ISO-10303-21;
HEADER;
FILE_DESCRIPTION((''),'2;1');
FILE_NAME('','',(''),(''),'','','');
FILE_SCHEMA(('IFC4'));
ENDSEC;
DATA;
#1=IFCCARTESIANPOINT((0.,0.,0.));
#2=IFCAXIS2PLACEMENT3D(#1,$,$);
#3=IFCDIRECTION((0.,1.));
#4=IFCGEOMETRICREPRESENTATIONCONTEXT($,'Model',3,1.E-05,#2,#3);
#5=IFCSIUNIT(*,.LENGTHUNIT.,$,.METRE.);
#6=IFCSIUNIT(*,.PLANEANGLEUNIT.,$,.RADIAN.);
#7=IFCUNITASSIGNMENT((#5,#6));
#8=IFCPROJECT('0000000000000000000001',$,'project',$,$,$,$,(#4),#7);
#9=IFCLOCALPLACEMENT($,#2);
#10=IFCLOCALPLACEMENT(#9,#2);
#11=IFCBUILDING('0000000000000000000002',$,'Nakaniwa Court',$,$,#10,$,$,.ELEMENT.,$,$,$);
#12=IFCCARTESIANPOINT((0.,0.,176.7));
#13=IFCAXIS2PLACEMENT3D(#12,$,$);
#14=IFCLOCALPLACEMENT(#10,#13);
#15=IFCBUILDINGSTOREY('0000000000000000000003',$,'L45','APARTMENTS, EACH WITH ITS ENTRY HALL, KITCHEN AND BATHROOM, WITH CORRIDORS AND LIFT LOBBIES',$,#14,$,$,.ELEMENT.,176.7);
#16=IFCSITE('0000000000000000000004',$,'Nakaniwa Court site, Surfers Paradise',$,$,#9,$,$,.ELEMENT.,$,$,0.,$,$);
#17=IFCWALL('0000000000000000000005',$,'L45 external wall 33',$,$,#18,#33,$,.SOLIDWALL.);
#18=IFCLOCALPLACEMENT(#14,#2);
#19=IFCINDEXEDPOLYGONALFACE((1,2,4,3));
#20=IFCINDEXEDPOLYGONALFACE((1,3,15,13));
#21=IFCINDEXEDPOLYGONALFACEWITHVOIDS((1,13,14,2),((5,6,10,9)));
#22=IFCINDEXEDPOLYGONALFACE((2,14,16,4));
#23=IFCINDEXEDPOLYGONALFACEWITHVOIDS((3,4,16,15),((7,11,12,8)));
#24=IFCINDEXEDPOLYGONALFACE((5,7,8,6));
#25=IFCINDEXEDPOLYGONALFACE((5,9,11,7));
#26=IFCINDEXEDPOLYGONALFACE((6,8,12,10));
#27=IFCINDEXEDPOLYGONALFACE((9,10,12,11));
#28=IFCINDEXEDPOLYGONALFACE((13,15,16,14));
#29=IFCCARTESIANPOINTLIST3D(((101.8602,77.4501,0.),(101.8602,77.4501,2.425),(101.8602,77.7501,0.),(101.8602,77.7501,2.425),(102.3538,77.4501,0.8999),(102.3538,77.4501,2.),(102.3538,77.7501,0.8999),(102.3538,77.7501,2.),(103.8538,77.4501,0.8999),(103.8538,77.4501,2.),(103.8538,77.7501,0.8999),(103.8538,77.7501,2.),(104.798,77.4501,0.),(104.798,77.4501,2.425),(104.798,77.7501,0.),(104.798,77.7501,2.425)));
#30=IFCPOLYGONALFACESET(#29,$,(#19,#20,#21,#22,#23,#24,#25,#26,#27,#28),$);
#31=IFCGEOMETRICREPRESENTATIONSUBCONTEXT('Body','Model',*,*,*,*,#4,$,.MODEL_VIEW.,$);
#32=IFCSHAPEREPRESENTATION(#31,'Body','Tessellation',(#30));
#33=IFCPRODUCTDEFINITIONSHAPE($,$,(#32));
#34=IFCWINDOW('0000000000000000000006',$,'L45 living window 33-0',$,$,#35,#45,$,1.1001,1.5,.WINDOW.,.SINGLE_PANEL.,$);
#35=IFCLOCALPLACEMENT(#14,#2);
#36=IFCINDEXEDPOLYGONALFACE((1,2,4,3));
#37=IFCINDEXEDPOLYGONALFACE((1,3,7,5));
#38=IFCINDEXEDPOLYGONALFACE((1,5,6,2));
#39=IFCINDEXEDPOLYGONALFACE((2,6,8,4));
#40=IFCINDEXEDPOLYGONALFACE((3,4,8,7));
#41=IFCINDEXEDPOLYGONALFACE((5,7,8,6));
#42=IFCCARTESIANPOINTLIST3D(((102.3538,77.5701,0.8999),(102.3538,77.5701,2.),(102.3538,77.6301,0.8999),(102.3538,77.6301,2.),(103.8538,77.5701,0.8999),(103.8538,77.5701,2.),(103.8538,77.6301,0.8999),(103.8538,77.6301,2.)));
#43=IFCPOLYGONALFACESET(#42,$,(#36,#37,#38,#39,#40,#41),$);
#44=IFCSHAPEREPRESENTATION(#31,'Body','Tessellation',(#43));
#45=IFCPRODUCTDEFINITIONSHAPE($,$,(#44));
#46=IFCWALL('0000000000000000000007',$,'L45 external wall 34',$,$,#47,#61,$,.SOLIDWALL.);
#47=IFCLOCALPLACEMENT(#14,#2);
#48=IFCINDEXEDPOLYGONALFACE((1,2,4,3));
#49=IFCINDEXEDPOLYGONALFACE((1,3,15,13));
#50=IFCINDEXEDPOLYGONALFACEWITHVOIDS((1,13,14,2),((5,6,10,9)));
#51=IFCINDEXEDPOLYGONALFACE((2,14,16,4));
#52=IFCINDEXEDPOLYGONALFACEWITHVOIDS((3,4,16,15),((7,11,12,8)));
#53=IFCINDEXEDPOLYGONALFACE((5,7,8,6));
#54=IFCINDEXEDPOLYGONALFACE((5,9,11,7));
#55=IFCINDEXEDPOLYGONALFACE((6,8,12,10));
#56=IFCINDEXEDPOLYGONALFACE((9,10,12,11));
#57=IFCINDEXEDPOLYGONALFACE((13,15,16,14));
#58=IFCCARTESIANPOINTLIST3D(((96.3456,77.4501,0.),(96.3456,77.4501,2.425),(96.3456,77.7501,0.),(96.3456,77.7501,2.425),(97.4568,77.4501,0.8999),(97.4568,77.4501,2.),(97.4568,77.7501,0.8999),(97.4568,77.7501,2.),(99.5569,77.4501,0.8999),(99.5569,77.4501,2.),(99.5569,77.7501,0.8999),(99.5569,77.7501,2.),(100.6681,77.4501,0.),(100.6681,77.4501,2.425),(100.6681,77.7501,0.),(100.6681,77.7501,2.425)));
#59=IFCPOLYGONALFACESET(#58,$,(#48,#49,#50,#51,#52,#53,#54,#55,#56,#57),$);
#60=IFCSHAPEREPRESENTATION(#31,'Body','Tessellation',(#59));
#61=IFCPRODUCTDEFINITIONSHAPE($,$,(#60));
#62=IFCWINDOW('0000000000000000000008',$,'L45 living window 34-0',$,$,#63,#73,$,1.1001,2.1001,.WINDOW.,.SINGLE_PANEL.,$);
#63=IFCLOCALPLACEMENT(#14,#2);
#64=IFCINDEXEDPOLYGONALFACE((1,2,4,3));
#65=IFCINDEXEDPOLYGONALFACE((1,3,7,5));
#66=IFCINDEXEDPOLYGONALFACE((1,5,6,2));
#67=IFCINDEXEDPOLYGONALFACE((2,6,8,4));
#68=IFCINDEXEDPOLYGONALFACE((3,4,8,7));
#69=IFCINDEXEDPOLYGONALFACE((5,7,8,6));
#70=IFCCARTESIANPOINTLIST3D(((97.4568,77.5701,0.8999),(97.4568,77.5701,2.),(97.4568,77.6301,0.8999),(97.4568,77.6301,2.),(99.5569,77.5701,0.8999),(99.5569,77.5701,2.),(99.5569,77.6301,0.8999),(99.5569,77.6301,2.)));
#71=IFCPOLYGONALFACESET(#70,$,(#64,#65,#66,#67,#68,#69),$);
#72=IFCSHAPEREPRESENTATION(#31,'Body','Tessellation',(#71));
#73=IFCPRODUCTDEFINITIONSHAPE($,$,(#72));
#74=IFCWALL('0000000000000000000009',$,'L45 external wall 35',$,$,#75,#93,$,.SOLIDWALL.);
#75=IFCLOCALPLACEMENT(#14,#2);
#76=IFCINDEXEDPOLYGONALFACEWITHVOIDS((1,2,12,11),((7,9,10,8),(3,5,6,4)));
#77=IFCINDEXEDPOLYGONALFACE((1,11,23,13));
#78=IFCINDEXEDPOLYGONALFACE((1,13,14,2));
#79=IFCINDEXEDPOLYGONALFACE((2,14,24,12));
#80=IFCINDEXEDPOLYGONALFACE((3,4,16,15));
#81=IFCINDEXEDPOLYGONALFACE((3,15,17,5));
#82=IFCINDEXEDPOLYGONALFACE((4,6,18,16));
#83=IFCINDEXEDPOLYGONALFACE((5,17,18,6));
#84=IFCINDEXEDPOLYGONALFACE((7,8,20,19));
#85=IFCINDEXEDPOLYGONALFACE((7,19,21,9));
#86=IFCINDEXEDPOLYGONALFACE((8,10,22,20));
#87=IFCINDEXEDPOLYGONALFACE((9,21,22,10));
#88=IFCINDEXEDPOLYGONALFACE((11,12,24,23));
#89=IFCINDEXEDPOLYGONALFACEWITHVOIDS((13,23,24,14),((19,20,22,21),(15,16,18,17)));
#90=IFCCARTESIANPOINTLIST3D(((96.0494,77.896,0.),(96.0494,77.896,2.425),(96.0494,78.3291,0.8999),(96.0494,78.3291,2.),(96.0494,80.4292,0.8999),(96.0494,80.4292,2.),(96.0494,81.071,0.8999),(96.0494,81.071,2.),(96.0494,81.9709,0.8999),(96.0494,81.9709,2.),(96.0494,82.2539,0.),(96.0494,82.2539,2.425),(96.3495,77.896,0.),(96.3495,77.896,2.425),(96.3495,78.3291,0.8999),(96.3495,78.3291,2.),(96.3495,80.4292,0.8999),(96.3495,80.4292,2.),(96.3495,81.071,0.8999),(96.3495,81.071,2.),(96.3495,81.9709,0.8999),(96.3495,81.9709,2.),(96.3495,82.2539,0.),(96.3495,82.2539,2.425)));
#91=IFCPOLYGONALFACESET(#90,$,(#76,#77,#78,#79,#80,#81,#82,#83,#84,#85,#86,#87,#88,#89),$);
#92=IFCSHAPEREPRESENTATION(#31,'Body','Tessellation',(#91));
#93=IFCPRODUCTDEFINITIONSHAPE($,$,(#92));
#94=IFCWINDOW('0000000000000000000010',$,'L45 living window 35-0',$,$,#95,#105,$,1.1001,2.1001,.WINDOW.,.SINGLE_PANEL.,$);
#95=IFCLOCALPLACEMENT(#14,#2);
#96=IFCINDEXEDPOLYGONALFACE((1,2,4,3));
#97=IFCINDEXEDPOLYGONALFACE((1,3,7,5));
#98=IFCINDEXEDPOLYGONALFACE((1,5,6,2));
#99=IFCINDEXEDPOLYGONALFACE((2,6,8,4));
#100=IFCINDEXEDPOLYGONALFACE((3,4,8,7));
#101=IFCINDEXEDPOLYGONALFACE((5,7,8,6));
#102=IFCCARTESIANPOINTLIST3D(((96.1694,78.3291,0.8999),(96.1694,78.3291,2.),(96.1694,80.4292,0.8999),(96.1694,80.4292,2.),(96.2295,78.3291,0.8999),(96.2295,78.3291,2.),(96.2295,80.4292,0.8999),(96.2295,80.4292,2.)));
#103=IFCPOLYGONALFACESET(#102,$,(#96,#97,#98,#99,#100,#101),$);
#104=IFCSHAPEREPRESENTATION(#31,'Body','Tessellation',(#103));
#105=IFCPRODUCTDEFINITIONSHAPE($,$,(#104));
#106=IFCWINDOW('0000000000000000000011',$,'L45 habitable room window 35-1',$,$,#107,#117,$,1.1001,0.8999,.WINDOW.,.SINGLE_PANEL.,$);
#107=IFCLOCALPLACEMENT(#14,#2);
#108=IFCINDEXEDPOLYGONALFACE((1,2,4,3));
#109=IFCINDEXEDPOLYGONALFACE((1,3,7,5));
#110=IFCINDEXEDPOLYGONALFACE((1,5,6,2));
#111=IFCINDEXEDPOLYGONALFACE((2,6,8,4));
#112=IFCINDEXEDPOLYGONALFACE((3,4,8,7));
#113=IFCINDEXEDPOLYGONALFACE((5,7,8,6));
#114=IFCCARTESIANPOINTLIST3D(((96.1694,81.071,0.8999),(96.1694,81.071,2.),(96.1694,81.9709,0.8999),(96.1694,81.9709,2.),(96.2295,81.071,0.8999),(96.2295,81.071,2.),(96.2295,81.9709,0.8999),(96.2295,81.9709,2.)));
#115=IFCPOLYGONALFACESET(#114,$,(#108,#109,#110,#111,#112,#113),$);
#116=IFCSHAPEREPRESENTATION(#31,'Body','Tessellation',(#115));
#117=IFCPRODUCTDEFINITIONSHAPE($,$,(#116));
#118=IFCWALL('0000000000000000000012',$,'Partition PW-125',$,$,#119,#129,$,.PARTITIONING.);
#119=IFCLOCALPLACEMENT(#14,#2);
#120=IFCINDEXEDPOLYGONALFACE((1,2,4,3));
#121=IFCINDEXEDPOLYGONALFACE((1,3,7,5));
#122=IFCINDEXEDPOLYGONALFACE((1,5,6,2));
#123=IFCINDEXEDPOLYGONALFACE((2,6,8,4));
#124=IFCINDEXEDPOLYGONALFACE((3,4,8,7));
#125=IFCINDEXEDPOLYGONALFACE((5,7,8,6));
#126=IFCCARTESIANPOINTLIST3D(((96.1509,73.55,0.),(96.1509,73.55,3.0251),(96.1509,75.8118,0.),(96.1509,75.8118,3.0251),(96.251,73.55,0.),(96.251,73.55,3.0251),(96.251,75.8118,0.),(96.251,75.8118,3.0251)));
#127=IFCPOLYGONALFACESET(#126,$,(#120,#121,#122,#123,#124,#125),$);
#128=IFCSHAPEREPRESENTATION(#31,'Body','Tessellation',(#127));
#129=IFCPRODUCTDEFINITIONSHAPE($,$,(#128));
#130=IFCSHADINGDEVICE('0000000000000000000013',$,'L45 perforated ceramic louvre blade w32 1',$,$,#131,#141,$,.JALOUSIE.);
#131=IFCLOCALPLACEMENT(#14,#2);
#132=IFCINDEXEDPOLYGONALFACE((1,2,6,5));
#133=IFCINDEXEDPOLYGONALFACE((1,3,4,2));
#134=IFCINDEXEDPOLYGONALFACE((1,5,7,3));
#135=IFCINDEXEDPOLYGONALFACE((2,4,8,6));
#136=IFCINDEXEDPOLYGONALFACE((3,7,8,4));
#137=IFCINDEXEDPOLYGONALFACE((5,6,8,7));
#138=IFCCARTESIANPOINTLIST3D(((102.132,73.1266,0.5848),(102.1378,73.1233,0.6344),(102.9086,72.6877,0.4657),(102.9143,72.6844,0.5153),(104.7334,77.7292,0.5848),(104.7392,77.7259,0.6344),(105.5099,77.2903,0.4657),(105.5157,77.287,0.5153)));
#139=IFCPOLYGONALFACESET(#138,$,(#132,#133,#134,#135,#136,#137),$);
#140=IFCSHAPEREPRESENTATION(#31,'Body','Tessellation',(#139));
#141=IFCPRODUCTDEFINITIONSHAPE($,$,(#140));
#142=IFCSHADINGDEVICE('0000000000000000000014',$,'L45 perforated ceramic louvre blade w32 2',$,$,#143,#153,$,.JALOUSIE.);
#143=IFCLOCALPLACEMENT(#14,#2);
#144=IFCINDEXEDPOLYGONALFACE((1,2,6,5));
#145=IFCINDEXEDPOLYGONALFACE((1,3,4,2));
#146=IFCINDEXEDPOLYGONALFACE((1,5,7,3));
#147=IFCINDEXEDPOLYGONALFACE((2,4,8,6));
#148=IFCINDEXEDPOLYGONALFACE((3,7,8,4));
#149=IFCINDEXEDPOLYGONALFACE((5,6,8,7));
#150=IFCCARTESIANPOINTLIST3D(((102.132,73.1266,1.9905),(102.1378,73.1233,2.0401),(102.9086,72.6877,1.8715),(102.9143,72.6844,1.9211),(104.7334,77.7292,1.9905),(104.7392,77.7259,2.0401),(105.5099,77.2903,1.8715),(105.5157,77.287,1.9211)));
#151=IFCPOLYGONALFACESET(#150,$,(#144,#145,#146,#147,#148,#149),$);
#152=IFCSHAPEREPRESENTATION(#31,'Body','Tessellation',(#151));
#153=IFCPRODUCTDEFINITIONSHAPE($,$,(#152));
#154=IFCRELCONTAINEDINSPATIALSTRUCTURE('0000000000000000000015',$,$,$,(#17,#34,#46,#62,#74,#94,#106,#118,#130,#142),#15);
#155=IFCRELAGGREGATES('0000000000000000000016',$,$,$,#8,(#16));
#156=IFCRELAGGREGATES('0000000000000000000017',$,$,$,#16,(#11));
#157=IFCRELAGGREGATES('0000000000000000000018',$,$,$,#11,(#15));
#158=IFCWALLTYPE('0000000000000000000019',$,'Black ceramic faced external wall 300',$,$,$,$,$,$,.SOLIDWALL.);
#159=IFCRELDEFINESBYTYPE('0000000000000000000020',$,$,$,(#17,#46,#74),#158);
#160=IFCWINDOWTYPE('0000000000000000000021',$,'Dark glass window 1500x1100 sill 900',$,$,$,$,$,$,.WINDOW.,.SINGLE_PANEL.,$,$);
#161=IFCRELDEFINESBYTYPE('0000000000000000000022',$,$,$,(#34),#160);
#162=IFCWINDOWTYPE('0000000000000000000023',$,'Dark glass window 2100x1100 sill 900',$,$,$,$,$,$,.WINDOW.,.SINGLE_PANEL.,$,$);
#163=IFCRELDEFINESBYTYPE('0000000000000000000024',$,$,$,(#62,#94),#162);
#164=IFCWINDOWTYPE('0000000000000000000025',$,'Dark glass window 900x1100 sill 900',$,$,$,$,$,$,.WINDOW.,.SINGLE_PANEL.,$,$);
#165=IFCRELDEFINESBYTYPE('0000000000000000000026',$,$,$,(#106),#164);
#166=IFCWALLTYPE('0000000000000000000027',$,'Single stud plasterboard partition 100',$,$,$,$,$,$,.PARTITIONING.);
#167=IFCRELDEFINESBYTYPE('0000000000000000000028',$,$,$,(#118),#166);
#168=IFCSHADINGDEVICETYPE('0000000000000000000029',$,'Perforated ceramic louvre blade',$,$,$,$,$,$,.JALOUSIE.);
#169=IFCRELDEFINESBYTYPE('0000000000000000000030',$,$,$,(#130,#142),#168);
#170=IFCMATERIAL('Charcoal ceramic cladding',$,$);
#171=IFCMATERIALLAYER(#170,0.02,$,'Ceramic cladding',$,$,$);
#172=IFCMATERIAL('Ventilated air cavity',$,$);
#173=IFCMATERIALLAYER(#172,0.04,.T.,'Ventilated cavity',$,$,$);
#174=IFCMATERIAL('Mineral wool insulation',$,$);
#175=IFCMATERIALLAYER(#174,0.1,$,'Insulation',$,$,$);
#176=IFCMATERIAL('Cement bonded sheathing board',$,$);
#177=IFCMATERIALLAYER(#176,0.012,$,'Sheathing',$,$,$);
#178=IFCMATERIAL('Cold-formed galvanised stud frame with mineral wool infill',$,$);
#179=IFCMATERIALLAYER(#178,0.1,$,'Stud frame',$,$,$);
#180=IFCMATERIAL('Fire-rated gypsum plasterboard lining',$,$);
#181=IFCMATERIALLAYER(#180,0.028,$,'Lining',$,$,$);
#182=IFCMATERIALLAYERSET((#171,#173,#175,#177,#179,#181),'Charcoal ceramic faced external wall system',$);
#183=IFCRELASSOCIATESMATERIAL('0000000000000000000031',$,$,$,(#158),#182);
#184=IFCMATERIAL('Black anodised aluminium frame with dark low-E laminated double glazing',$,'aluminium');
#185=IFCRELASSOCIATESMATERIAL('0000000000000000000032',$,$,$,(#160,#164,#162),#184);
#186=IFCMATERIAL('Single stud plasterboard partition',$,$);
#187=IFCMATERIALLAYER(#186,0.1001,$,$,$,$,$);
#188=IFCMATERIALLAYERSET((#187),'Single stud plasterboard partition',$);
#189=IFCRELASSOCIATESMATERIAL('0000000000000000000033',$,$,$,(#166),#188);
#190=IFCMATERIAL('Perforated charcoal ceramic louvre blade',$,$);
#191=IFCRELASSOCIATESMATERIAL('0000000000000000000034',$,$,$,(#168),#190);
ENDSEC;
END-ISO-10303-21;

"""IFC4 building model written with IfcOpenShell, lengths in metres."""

from ifc_helpers import new_model, si_unit, direction, frame, frame_2d, origin, origin_2d, place, context, subcontext, project, spatial, rectangle, extrude, material, layer, layer_set, material_profile, profile_set, type_object, element, fill, save


model = new_model("IFC4")

# Units and contexts
model_context = context("Model", 3, precision=1e-05, world=origin(), true_north=direction((0.0, 1.0)))
body_context = subcontext(model_context, "Body", "Model", "MODEL_VIEW")
ifc_project = project(units=[si_unit("LENGTHUNIT", "METRE"), si_unit("PLANEANGLEUNIT", "RADIAN")], contexts=[model_context])

# Site, building, storey
site_placement = place(None, origin())
site = spatial("IfcSite", under=ifc_project, at=site_placement, Name="Nakaniwa Court site, Surfers Paradise", CompositionType="ELEMENT", RefElevation=0.0)
building_placement = place(site_placement, origin())
building = spatial("IfcBuilding", under=site, at=building_placement, Name="Nakaniwa Court", CompositionType="ELEMENT")
storey_placement = place(building_placement, frame((0.0, 0.0, 176.7)))
storey = spatial("IfcBuildingStorey", under=building, at=storey_placement, Name="L45", Description="APARTMENTS, EACH WITH ITS ENTRY HALL, KITCHEN AND BATHROOM, WITH CORRIDORS AND LIFT LOBBIES", CompositionType="ELEMENT", Elevation=176.7)

# Shared definitions
ifc_material_1 = material(Name="Charcoal ceramic cladding")
ifc_layer_1 = layer(ifc_material_1, 0.02, Name="Ceramic cladding")
ifc_material_2 = material(Name="Ventilated air cavity")
ifc_layer_2 = layer(ifc_material_2, 0.04, ventilated=True, Name="Ventilated cavity")
ifc_material_3 = material(Name="Mineral wool insulation")
ifc_layer_3 = layer(ifc_material_3, 0.1, Name="Insulation")
ifc_material_4 = material(Name="Cement bonded sheathing board")
ifc_layer_4 = layer(ifc_material_4, 0.012, Name="Sheathing")
ifc_material_5 = material(Name="Cold-formed galvanised stud frame with mineral wool infill")
ifc_layer_5 = layer(ifc_material_5, 0.1, Name="Stud frame")
ifc_material_6 = material(Name="Fire-rated gypsum plasterboard lining")
ifc_layer_6 = layer(ifc_material_6, 0.028, Name="Lining")
ifc_layer_set_1 = layer_set([ifc_layer_1, ifc_layer_2, ifc_layer_3, ifc_layer_4, ifc_layer_5, ifc_layer_6], Name="Charcoal ceramic faced external wall system")
wall_type_1 = type_object("IfcWallType", Name="Black ceramic faced external wall 300", PredefinedType="SOLIDWALL", material=ifc_layer_set_1)
ifc_material_7 = material(Name="Black anodised aluminium frame with dark low-E laminated double glazing", Category="aluminium")
window_type_1 = type_object("IfcWindowType", Name="Dark glass window 1500x1100 sill 900", PartitioningType="SINGLE_PANEL", PredefinedType="WINDOW", material=ifc_material_7)

# Shared definitions
window_type_2 = type_object("IfcWindowType", Name="Dark glass window 900x1100 sill 900", PartitioningType="SINGLE_PANEL", PredefinedType="WINDOW", material=ifc_material_7)

# Walls, openings, windows
wall_1_placement = place(storey_placement, frame((104.7979, 77.6001, 0.0), z_axis=(0.0, 0.0, 1.0), x_axis=(-1.0, 0.0, 0.0)))
wall_1 = element("IfcWall", 1, at=wall_1_placement, inside=storey, type_object=wall_type_1, Name="L45 external wall 33", PredefinedType="SOLIDWALL", context=body_context, shape_type="SweptSolid", body=[
    extrude(rectangle(XDim=2.9377, YDim=0.3, at=frame_2d((1.4688, 0.0))), origin(), (0.0, 0.0, 1.0), 2.425),
])
opening_1_placement = place(wall_1_placement, frame((0.9441, 0.0, 0.8999)))
opening_1 = element("IfcOpeningElement", 2, at=opening_1_placement, cuts=wall_1, PredefinedType="OPENING", context=body_context, shape_type="SweptSolid", body=[
    extrude(rectangle(XDim=1.5, YDim=1.1001, at=frame_2d((0.75, 0.55))), frame((0.0, 0.1599, 0.0), z_axis=(0.0, -1.0, 0.0), x_axis=(1.0, 0.0, 0.0)), (0.0, 0.0, 1.0), 0.3201),
])
window_1_placement = place(opening_1_placement, origin())
window_1 = element("IfcWindow", 3, at=window_1_placement, inside=storey, type_object=window_type_1, Name="L45 living window 33-0", OverallHeight=1.1001, OverallWidth=1.5, PartitioningType="SINGLE_PANEL", PredefinedType="WINDOW", context=body_context, shape_type="SweptSolid", body=[
    extrude(rectangle(XDim=1.5, YDim=1.1001, at=frame_2d((0.75, 0.55))), frame((0.0, 0.03, 0.0), z_axis=(0.0, -1.0, 0.0), x_axis=(1.0, 0.0, 0.0)), (0.0, 0.0, 1.0), 0.0601),
])
fill(opening_1, window_1)
wall_2_placement = place(storey_placement, frame((100.668, 77.6001, 0.0), z_axis=(0.0, 0.0, 1.0), x_axis=(-1.0, 0.0, 0.0)))
wall_2 = element("IfcWall", 4, at=wall_2_placement, inside=storey, type_object=wall_type_1, Name="L45 external wall 34", PredefinedType="SOLIDWALL", context=body_context, shape_type="SweptSolid", body=[
    extrude(rectangle(XDim=4.3225, YDim=0.3, at=frame_2d((2.1611, 0.0))), origin(), (0.0, 0.0, 1.0), 2.425),
])
opening_2_placement = place(wall_2_placement, frame((1.1111, 0.0, 0.8999)))
opening_2 = element("IfcOpeningElement", 5, at=opening_2_placement, cuts=wall_2, PredefinedType="OPENING", context=body_context, shape_type="SweptSolid", body=[
    extrude(rectangle(XDim=2.1001, YDim=1.1001, at=frame_2d((1.05, 0.55))), frame((0.0, 0.1599, 0.0), z_axis=(0.0, -1.0, 0.0), x_axis=(1.0, 0.0, 0.0)), (0.0, 0.0, 1.0), 0.3201),
])
window_type_3 = type_object("IfcWindowType", Name="Dark glass window 2100x1100 sill 900", PartitioningType="SINGLE_PANEL", PredefinedType="WINDOW", material=ifc_material_7)
window_2_placement = place(opening_2_placement, origin())
window_2 = element("IfcWindow", 6, at=window_2_placement, inside=storey, type_object=window_type_3, Name="L45 living window 34-0", OverallHeight=1.1001, OverallWidth=2.1001, PartitioningType="SINGLE_PANEL", PredefinedType="WINDOW", context=body_context, shape_type="SweptSolid", body=[
    extrude(rectangle(XDim=2.1001, YDim=1.1001, at=frame_2d((1.05, 0.55))), frame((0.0, 0.03, 0.0), z_axis=(0.0, -1.0, 0.0), x_axis=(1.0, 0.0, 0.0)), (0.0, 0.0, 1.0), 0.0601),
])
fill(opening_2, window_2)

# Wall, openings, windows
wall_3_placement = place(storey_placement, frame((96.1995, 77.896, 0.0), z_axis=(0.0, 0.0, 1.0), x_axis=(0.0, 1.0, 0.0)))
wall_3 = element("IfcWall", 7, at=wall_3_placement, inside=storey, type_object=wall_type_1, Name="L45 external wall 35", PredefinedType="SOLIDWALL", context=body_context, shape_type="SweptSolid", body=[
    extrude(rectangle(XDim=4.3579, YDim=0.3, at=frame_2d((2.179, 0.0))), origin(), (0.0, 0.0, 1.0), 2.425),
])
opening_3_placement = place(wall_3_placement, frame((0.4331, 0.0, 0.8999)))
opening_3 = element("IfcOpeningElement", 8, at=opening_3_placement, cuts=wall_3, PredefinedType="OPENING", context=body_context, shape_type="SweptSolid", body=[
    extrude(rectangle(XDim=2.1001, YDim=1.1001, at=frame_2d((1.05, 0.55))), frame((0.0, 0.1599, 0.0), z_axis=(0.0, -1.0, 0.0), x_axis=(1.0, 0.0, 0.0)), (0.0, 0.0, 1.0), 0.3201),
])
opening_4_placement = place(wall_3_placement, frame((3.175, 0.0, 0.8999)))
opening_4 = element("IfcOpeningElement", 9, at=opening_4_placement, cuts=wall_3, PredefinedType="OPENING", context=body_context, shape_type="SweptSolid", body=[
    extrude(rectangle(XDim=0.8999, YDim=1.1001, at=frame_2d((0.45, 0.55))), frame((0.0, 0.1599, 0.0), z_axis=(0.0, -1.0, 0.0), x_axis=(1.0, 0.0, 0.0)), (0.0, 0.0, 1.0), 0.3201),
])
window_3_placement = place(opening_3_placement, origin())
window_3 = element("IfcWindow", 10, at=window_3_placement, inside=storey, type_object=window_type_3, Name="L45 living window 35-0", OverallHeight=1.1001, OverallWidth=2.1001, PartitioningType="SINGLE_PANEL", PredefinedType="WINDOW", context=body_context, shape_type="SweptSolid", body=[
    extrude(rectangle(XDim=2.1001, YDim=1.1001, at=frame_2d((1.05, 0.55))), frame((0.0, 0.03, 0.0), z_axis=(0.0, -1.0, 0.0), x_axis=(1.0, 0.0, 0.0)), (0.0, 0.0, 1.0), 0.0601),
])
fill(opening_3, window_3)
window_4_placement = place(opening_4_placement, origin())
window_4 = element("IfcWindow", 11, at=window_4_placement, inside=storey, type_object=window_type_2, Name="L45 habitable room window 35-1", OverallHeight=1.1001, OverallWidth=0.8999, PartitioningType="SINGLE_PANEL", PredefinedType="WINDOW", context=body_context, shape_type="SweptSolid", body=[
    extrude(rectangle(XDim=0.8999, YDim=1.1001, at=frame_2d((0.45, 0.55))), frame((0.0, 0.03, 0.0), z_axis=(0.0, -1.0, 0.0), x_axis=(1.0, 0.0, 0.0)), (0.0, 0.0, 1.0), 0.0601),
])
fill(opening_4, window_4)

# Wall
ifc_material_8 = material(Name="Single stud plasterboard partition")
ifc_layer_7 = layer(ifc_material_8, 0.1001)
ifc_layer_set_2 = layer_set([ifc_layer_7], Name="Single stud plasterboard partition")
wall_type_2 = type_object("IfcWallType", Name="Single stud plasterboard partition 100", PredefinedType="PARTITIONING", material=ifc_layer_set_2)
wall_4_placement = place(storey_placement, frame((96.2009, 73.55, 0.0), z_axis=(0.0, 0.0, 1.0), x_axis=(0.0, 1.0, 0.0)))
element("IfcWall", 12, at=wall_4_placement, inside=storey, type_object=wall_type_2, Name="Partition PW-125", PredefinedType="PARTITIONING", context=body_context, shape_type="SweptSolid", body=[
    extrude(rectangle(XDim=2.2617, YDim=0.1001, at=frame_2d((1.1309, 0.0))), origin(), (0.0, 0.0, 1.0), 3.0251),
])

# Shading devices
ifc_material_9 = material(Name="Perforated charcoal ceramic louvre blade")
ifc_material_profile_1 = material_profile(ifc_material_9, rectangle(XDim=0.8999, YDim=0.05, at=origin_2d()), Name="Perforated ceramic louvre blade")
ifc_profile_set_1 = profile_set([ifc_material_profile_1], Name="Perforated charcoal ceramic louvre blade")
shading_device_type = type_object("IfcShadingDeviceType", Name="Perforated ceramic louvre blade", PredefinedType="JALOUSIE", material=ifc_profile_set_1)
for number, where, z_axis, x_axis, name in (
    (13, (102.5232, 72.9055, 0.55), (0.492041, 0.870572, 0.0), (-0.862925, 0.487718, 0.132256), "L45 perforated ceramic louvre blade w32 1"),
    (14, (102.5232, 72.9055, 1.9558), (0.492041, 0.870572, 0.0), (-0.862925, 0.487718, 0.132256), "L45 perforated ceramic louvre blade w32 2"),
):
    element("IfcShadingDevice", number, at=place(storey_placement, frame(where, z_axis=z_axis, x_axis=x_axis)), inside=storey, type_object=shading_device_type, Name=name, PredefinedType="JALOUSIE", context=body_context, shape_type="SweptSolid", body=[
        extrude(rectangle(XDim=0.8999, YDim=0.05, at=origin_2d()), origin(), (0.0, 0.0, 1.0), 5.2869),
    ])

save(model, "model.ifc")
